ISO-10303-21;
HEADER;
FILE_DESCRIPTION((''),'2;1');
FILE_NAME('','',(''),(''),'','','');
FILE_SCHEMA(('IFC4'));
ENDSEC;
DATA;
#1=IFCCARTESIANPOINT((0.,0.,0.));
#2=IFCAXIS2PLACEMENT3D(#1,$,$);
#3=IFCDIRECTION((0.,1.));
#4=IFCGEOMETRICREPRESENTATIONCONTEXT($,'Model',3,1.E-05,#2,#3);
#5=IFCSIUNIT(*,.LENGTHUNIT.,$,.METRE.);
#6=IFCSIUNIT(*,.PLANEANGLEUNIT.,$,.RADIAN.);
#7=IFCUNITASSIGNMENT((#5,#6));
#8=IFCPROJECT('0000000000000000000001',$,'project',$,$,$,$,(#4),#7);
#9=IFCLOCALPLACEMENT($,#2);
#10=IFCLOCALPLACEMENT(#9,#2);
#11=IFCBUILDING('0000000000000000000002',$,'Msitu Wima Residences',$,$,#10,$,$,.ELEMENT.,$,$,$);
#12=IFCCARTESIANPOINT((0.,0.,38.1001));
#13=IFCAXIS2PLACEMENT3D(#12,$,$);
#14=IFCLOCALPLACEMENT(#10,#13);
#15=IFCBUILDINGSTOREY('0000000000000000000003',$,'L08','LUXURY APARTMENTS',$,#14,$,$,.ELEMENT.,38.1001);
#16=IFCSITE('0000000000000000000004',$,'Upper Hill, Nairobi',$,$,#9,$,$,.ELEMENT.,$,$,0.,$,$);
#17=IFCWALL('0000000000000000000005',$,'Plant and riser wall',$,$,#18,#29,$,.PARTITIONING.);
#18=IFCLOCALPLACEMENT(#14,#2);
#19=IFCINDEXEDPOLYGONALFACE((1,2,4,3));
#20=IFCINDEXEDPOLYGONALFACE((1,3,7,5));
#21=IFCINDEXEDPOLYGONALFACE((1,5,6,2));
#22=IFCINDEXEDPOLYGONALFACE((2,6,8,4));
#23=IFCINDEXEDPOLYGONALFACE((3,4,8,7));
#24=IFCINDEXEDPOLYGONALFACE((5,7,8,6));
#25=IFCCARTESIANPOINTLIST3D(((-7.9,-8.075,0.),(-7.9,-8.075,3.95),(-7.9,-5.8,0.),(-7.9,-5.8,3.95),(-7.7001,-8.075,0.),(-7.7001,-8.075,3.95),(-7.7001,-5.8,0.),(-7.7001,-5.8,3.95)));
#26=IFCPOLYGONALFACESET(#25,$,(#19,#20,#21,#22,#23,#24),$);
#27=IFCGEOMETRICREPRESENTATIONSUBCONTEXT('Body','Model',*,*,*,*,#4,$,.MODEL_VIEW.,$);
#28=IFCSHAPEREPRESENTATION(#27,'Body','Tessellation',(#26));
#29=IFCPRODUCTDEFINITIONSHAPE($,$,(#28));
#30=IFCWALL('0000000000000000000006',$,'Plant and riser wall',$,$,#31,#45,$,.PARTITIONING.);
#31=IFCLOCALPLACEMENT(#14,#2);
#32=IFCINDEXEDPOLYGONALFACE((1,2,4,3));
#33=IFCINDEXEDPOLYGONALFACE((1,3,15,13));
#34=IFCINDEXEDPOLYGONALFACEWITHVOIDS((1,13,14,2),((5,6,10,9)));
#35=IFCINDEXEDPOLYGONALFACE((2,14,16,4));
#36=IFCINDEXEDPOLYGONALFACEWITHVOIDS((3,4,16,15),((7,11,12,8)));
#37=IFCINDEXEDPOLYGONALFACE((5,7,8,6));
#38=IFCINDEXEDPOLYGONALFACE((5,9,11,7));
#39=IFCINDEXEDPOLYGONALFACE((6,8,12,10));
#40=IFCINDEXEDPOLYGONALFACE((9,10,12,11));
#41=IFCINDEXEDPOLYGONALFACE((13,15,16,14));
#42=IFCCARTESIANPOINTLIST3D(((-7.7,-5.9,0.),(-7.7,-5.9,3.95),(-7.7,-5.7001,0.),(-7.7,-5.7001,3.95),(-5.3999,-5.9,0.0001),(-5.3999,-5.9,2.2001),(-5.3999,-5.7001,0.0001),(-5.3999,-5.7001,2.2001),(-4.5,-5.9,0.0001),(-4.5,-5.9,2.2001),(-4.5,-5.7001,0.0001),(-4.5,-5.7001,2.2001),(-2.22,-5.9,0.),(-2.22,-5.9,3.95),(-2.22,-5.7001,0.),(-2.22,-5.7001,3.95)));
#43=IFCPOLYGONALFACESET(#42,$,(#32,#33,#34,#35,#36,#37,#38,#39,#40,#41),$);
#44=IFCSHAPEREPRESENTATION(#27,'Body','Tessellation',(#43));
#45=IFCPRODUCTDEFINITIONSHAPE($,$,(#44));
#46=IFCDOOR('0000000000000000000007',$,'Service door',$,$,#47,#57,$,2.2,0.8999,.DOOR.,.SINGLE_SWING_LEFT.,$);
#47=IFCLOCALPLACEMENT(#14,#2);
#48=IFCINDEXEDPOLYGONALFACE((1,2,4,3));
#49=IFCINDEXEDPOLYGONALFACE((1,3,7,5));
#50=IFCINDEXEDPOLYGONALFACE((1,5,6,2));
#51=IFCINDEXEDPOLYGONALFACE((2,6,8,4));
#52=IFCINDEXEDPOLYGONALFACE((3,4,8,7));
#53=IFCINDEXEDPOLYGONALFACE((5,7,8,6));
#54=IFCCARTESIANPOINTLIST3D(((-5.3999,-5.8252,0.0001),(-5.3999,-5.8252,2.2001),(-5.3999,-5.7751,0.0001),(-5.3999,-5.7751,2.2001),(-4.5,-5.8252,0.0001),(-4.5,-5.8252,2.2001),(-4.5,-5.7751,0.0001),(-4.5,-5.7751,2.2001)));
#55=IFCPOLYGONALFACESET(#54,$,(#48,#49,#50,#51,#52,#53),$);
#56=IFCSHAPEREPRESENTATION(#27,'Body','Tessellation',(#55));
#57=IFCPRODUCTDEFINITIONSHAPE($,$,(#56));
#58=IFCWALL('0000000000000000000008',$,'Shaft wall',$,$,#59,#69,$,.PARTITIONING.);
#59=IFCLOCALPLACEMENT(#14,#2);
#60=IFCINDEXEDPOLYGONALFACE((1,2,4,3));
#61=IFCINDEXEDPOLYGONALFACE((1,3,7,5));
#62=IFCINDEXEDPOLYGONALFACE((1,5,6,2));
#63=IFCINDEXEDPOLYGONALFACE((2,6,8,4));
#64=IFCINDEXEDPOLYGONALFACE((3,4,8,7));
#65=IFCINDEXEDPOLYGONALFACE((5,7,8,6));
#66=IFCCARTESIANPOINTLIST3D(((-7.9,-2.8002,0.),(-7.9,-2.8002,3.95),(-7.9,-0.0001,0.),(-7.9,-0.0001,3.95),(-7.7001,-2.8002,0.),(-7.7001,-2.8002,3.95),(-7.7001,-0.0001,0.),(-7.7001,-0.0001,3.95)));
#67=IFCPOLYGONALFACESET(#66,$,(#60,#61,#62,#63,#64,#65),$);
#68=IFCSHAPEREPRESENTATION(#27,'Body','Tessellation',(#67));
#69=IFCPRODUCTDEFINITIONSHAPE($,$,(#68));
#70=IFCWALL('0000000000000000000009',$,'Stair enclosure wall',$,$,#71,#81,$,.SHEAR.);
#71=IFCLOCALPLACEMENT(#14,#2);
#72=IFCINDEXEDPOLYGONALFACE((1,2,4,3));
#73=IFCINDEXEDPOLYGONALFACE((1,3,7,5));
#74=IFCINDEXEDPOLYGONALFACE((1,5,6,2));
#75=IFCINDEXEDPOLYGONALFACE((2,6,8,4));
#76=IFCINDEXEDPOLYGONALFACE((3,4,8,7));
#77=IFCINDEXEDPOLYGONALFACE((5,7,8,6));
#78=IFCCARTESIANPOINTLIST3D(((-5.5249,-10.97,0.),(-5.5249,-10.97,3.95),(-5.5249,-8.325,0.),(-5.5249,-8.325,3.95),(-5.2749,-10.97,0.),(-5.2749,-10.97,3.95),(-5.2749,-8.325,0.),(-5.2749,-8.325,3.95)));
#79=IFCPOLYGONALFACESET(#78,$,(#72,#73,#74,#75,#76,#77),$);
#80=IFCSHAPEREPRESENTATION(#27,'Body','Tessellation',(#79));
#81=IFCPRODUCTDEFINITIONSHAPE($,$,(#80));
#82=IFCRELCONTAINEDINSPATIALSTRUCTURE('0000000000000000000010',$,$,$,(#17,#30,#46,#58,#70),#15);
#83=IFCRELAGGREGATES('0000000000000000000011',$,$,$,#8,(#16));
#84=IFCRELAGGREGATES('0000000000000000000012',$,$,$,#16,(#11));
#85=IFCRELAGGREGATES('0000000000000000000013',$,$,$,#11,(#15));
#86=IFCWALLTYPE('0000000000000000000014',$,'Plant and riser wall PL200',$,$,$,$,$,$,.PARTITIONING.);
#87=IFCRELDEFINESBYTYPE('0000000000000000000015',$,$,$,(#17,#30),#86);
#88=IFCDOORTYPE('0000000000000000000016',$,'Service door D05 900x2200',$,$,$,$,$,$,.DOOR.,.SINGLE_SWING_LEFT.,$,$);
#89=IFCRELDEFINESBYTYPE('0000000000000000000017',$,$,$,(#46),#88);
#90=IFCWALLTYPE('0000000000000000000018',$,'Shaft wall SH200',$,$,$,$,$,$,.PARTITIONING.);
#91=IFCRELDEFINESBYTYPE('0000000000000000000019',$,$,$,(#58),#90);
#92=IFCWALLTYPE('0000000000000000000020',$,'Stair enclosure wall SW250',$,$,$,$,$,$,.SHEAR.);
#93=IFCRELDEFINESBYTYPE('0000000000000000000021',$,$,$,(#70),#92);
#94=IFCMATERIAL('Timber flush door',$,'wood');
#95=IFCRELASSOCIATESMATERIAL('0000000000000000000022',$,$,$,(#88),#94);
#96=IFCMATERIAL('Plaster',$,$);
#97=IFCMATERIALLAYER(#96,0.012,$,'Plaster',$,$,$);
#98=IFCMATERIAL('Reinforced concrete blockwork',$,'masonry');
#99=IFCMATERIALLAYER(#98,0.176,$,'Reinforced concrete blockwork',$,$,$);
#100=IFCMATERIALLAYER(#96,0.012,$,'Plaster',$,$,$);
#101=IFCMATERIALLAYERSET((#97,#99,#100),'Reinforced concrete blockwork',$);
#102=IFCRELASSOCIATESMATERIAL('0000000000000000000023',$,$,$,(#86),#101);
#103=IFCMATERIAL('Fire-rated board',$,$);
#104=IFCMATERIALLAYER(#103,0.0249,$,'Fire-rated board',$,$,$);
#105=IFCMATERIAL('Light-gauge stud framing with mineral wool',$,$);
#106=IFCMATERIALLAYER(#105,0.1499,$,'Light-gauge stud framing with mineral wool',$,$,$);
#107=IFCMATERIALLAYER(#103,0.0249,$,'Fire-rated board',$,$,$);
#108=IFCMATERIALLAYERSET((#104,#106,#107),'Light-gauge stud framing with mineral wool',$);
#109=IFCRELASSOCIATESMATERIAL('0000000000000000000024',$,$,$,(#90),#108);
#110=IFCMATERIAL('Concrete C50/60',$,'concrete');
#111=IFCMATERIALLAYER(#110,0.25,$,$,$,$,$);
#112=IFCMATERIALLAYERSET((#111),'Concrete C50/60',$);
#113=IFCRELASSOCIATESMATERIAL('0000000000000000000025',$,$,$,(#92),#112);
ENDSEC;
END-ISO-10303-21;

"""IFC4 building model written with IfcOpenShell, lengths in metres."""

from ifc_helpers import new_model, si_unit, direction, frame, frame_2d, origin, place, context, subcontext, project, spatial, rectangle, extrude, material, layer, layer_set, type_object, element, fill, save


model = new_model("IFC4")

# Units and contexts
model_context = context("Model", 3, precision=1e-05, world=origin(), true_north=direction((0.0, 1.0)))
body_context = subcontext(model_context, "Body", "Model", "MODEL_VIEW")
ifc_project = project(units=[si_unit("LENGTHUNIT", "METRE"), si_unit("PLANEANGLEUNIT", "RADIAN")], contexts=[model_context])

# Site, building, storey
site_placement = place(None, origin())
site = spatial("IfcSite", under=ifc_project, at=site_placement, Name="Upper Hill, Nairobi", CompositionType="ELEMENT", RefElevation=0.0)
building_placement = place(site_placement, origin())
building = spatial("IfcBuilding", under=site, at=building_placement, Name="Msitu Wima Residences", CompositionType="ELEMENT")
storey_placement = place(building_placement, frame((0.0, 0.0, 38.1001)))
storey = spatial("IfcBuildingStorey", under=building, at=storey_placement, Name="L08", Description="LUXURY APARTMENTS", CompositionType="ELEMENT", Elevation=38.1001)

# Shared definitions
ifc_material_1 = material(Name="Plaster")
ifc_material_2 = material(Name="Timber flush door", Category="wood")
door_type_1 = type_object("IfcDoorType", Name="Service door D05 900x2200", OperationType="SINGLE_SWING_LEFT", PredefinedType="DOOR", material=ifc_material_2)

# Wall
ifc_layer_1 = layer(ifc_material_1, 0.012, Name="Plaster")
ifc_material_3 = material(Name="Reinforced concrete blockwork", Category="masonry")
ifc_layer_2 = layer(ifc_material_3, 0.176, Name="Reinforced concrete blockwork")
ifc_layer_3 = layer(ifc_material_1, 0.012, Name="Plaster")
ifc_layer_set_1 = layer_set([ifc_layer_1, ifc_layer_2, ifc_layer_3], Name="Reinforced concrete blockwork")
wall_type_1 = type_object("IfcWallType", Name="Plant and riser wall PL200", PredefinedType="PARTITIONING", material=ifc_layer_set_1)
wall_1_placement = place(storey_placement, frame((-7.8, -8.075, 0.0), z_axis=(0.0, 0.0, 1.0), x_axis=(0.0, 1.0, 0.0)))
element("IfcWall", 1, at=wall_1_placement, inside=storey, type_object=wall_type_1, Name="Plant and riser wall", PredefinedType="PARTITIONING", context=body_context, shape_type="SweptSolid", body=[
    extrude(rectangle(XDim=2.2749, YDim=0.2, at=frame_2d((1.1375, 0.0))), origin(), (0.0, 0.0, 1.0), 3.95),
])

# Wall, opening, door
wall_2_placement = place(storey_placement, frame((-7.7, -5.8, 0.0), z_axis=(0.0, 0.0, 1.0), x_axis=(1.0, 0.0, 0.0)))
wall_2 = element("IfcWall", 2, at=wall_2_placement, inside=storey, type_object=wall_type_1, Name="Plant and riser wall", PredefinedType="PARTITIONING", context=body_context, shape_type="SweptSolid", body=[
    extrude(rectangle(XDim=5.48, YDim=0.2, at=frame_2d((2.74, 0.0))), origin(), (0.0, 0.0, 1.0), 3.95),
])
opening_1_placement = place(wall_2_placement, frame((2.3, 0.0, 0.0)))
opening_1 = element("IfcOpeningElement", 3, at=opening_1_placement, cuts=wall_2, PredefinedType="OPENING", context=body_context, shape_type="SweptSolid", body=[
    extrude(rectangle(XDim=0.8999, YDim=2.2, at=frame_2d((0.45, 1.1001))), frame((0.0, 0.1099, 0.0), z_axis=(0.0, -1.0, 0.0), x_axis=(1.0, 0.0, 0.0)), (0.0, 0.0, 1.0), 0.22),
])
door_1_placement = place(opening_1_placement, origin())
door_1 = element("IfcDoor", 4, at=door_1_placement, inside=storey, type_object=door_type_1, Name="Service door", OperationType="SINGLE_SWING_LEFT", OverallHeight=2.2, OverallWidth=0.8999, PredefinedType="DOOR", context=body_context, shape_type="SweptSolid", body=[
    extrude(rectangle(XDim=0.8999, YDim=2.2, at=frame_2d((0.45, 1.1001))), frame((0.0, 0.0249, 0.0), z_axis=(0.0, -1.0, 0.0), x_axis=(1.0, 0.0, 0.0)), (0.0, 0.0, 1.0), 0.05),
])
fill(opening_1, door_1)

# Walls
ifc_material_4 = material(Name="Fire-rated board")
ifc_layer_4 = layer(ifc_material_4, 0.0249, Name="Fire-rated board")
ifc_material_5 = material(Name="Light-gauge stud framing with mineral wool")
ifc_layer_5 = layer(ifc_material_5, 0.1499, Name="Light-gauge stud framing with mineral wool")
ifc_layer_6 = layer(ifc_material_4, 0.0249, Name="Fire-rated board")
ifc_layer_set_2 = layer_set([ifc_layer_4, ifc_layer_5, ifc_layer_6], Name="Light-gauge stud framing with mineral wool")
wall_type_2 = type_object("IfcWallType", Name="Shaft wall SH200", PredefinedType="PARTITIONING", material=ifc_layer_set_2)
wall_3_placement = place(storey_placement, frame((-7.8, -2.8, 0.0), z_axis=(0.0, 0.0, 1.0), x_axis=(0.0, 1.0, 0.0)))
element("IfcWall", 5, at=wall_3_placement, inside=storey, type_object=wall_type_2, Name="Shaft wall", PredefinedType="PARTITIONING", context=body_context, shape_type="SweptSolid", body=[
    extrude(rectangle(XDim=2.8, YDim=0.2, at=frame_2d((1.3999, 0.0))), origin(), (0.0, 0.0, 1.0), 3.95),
])
ifc_material_6 = material(Name="Concrete C50/60", Category="concrete")
ifc_layer_7 = layer(ifc_material_6, 0.25)
ifc_layer_set_3 = layer_set([ifc_layer_7], Name="Concrete C50/60")
wall_type_3 = type_object("IfcWallType", Name="Stair enclosure wall SW250", PredefinedType="SHEAR", material=ifc_layer_set_3)
wall_4_placement = place(storey_placement, frame((-5.3999, -10.97, 0.0), z_axis=(0.0, 0.0, 1.0), x_axis=(0.0, 1.0, 0.0)))
element("IfcWall", 6, at=wall_4_placement, inside=storey, type_object=wall_type_3, Name="Stair enclosure wall", PredefinedType="SHEAR", context=body_context, shape_type="SweptSolid", body=[
    extrude(rectangle(XDim=2.645, YDim=0.25, at=frame_2d((1.3225, 0.0))), origin(), (0.0, 0.0, 1.0), 3.95),
])

save(model, "model.ifc")
